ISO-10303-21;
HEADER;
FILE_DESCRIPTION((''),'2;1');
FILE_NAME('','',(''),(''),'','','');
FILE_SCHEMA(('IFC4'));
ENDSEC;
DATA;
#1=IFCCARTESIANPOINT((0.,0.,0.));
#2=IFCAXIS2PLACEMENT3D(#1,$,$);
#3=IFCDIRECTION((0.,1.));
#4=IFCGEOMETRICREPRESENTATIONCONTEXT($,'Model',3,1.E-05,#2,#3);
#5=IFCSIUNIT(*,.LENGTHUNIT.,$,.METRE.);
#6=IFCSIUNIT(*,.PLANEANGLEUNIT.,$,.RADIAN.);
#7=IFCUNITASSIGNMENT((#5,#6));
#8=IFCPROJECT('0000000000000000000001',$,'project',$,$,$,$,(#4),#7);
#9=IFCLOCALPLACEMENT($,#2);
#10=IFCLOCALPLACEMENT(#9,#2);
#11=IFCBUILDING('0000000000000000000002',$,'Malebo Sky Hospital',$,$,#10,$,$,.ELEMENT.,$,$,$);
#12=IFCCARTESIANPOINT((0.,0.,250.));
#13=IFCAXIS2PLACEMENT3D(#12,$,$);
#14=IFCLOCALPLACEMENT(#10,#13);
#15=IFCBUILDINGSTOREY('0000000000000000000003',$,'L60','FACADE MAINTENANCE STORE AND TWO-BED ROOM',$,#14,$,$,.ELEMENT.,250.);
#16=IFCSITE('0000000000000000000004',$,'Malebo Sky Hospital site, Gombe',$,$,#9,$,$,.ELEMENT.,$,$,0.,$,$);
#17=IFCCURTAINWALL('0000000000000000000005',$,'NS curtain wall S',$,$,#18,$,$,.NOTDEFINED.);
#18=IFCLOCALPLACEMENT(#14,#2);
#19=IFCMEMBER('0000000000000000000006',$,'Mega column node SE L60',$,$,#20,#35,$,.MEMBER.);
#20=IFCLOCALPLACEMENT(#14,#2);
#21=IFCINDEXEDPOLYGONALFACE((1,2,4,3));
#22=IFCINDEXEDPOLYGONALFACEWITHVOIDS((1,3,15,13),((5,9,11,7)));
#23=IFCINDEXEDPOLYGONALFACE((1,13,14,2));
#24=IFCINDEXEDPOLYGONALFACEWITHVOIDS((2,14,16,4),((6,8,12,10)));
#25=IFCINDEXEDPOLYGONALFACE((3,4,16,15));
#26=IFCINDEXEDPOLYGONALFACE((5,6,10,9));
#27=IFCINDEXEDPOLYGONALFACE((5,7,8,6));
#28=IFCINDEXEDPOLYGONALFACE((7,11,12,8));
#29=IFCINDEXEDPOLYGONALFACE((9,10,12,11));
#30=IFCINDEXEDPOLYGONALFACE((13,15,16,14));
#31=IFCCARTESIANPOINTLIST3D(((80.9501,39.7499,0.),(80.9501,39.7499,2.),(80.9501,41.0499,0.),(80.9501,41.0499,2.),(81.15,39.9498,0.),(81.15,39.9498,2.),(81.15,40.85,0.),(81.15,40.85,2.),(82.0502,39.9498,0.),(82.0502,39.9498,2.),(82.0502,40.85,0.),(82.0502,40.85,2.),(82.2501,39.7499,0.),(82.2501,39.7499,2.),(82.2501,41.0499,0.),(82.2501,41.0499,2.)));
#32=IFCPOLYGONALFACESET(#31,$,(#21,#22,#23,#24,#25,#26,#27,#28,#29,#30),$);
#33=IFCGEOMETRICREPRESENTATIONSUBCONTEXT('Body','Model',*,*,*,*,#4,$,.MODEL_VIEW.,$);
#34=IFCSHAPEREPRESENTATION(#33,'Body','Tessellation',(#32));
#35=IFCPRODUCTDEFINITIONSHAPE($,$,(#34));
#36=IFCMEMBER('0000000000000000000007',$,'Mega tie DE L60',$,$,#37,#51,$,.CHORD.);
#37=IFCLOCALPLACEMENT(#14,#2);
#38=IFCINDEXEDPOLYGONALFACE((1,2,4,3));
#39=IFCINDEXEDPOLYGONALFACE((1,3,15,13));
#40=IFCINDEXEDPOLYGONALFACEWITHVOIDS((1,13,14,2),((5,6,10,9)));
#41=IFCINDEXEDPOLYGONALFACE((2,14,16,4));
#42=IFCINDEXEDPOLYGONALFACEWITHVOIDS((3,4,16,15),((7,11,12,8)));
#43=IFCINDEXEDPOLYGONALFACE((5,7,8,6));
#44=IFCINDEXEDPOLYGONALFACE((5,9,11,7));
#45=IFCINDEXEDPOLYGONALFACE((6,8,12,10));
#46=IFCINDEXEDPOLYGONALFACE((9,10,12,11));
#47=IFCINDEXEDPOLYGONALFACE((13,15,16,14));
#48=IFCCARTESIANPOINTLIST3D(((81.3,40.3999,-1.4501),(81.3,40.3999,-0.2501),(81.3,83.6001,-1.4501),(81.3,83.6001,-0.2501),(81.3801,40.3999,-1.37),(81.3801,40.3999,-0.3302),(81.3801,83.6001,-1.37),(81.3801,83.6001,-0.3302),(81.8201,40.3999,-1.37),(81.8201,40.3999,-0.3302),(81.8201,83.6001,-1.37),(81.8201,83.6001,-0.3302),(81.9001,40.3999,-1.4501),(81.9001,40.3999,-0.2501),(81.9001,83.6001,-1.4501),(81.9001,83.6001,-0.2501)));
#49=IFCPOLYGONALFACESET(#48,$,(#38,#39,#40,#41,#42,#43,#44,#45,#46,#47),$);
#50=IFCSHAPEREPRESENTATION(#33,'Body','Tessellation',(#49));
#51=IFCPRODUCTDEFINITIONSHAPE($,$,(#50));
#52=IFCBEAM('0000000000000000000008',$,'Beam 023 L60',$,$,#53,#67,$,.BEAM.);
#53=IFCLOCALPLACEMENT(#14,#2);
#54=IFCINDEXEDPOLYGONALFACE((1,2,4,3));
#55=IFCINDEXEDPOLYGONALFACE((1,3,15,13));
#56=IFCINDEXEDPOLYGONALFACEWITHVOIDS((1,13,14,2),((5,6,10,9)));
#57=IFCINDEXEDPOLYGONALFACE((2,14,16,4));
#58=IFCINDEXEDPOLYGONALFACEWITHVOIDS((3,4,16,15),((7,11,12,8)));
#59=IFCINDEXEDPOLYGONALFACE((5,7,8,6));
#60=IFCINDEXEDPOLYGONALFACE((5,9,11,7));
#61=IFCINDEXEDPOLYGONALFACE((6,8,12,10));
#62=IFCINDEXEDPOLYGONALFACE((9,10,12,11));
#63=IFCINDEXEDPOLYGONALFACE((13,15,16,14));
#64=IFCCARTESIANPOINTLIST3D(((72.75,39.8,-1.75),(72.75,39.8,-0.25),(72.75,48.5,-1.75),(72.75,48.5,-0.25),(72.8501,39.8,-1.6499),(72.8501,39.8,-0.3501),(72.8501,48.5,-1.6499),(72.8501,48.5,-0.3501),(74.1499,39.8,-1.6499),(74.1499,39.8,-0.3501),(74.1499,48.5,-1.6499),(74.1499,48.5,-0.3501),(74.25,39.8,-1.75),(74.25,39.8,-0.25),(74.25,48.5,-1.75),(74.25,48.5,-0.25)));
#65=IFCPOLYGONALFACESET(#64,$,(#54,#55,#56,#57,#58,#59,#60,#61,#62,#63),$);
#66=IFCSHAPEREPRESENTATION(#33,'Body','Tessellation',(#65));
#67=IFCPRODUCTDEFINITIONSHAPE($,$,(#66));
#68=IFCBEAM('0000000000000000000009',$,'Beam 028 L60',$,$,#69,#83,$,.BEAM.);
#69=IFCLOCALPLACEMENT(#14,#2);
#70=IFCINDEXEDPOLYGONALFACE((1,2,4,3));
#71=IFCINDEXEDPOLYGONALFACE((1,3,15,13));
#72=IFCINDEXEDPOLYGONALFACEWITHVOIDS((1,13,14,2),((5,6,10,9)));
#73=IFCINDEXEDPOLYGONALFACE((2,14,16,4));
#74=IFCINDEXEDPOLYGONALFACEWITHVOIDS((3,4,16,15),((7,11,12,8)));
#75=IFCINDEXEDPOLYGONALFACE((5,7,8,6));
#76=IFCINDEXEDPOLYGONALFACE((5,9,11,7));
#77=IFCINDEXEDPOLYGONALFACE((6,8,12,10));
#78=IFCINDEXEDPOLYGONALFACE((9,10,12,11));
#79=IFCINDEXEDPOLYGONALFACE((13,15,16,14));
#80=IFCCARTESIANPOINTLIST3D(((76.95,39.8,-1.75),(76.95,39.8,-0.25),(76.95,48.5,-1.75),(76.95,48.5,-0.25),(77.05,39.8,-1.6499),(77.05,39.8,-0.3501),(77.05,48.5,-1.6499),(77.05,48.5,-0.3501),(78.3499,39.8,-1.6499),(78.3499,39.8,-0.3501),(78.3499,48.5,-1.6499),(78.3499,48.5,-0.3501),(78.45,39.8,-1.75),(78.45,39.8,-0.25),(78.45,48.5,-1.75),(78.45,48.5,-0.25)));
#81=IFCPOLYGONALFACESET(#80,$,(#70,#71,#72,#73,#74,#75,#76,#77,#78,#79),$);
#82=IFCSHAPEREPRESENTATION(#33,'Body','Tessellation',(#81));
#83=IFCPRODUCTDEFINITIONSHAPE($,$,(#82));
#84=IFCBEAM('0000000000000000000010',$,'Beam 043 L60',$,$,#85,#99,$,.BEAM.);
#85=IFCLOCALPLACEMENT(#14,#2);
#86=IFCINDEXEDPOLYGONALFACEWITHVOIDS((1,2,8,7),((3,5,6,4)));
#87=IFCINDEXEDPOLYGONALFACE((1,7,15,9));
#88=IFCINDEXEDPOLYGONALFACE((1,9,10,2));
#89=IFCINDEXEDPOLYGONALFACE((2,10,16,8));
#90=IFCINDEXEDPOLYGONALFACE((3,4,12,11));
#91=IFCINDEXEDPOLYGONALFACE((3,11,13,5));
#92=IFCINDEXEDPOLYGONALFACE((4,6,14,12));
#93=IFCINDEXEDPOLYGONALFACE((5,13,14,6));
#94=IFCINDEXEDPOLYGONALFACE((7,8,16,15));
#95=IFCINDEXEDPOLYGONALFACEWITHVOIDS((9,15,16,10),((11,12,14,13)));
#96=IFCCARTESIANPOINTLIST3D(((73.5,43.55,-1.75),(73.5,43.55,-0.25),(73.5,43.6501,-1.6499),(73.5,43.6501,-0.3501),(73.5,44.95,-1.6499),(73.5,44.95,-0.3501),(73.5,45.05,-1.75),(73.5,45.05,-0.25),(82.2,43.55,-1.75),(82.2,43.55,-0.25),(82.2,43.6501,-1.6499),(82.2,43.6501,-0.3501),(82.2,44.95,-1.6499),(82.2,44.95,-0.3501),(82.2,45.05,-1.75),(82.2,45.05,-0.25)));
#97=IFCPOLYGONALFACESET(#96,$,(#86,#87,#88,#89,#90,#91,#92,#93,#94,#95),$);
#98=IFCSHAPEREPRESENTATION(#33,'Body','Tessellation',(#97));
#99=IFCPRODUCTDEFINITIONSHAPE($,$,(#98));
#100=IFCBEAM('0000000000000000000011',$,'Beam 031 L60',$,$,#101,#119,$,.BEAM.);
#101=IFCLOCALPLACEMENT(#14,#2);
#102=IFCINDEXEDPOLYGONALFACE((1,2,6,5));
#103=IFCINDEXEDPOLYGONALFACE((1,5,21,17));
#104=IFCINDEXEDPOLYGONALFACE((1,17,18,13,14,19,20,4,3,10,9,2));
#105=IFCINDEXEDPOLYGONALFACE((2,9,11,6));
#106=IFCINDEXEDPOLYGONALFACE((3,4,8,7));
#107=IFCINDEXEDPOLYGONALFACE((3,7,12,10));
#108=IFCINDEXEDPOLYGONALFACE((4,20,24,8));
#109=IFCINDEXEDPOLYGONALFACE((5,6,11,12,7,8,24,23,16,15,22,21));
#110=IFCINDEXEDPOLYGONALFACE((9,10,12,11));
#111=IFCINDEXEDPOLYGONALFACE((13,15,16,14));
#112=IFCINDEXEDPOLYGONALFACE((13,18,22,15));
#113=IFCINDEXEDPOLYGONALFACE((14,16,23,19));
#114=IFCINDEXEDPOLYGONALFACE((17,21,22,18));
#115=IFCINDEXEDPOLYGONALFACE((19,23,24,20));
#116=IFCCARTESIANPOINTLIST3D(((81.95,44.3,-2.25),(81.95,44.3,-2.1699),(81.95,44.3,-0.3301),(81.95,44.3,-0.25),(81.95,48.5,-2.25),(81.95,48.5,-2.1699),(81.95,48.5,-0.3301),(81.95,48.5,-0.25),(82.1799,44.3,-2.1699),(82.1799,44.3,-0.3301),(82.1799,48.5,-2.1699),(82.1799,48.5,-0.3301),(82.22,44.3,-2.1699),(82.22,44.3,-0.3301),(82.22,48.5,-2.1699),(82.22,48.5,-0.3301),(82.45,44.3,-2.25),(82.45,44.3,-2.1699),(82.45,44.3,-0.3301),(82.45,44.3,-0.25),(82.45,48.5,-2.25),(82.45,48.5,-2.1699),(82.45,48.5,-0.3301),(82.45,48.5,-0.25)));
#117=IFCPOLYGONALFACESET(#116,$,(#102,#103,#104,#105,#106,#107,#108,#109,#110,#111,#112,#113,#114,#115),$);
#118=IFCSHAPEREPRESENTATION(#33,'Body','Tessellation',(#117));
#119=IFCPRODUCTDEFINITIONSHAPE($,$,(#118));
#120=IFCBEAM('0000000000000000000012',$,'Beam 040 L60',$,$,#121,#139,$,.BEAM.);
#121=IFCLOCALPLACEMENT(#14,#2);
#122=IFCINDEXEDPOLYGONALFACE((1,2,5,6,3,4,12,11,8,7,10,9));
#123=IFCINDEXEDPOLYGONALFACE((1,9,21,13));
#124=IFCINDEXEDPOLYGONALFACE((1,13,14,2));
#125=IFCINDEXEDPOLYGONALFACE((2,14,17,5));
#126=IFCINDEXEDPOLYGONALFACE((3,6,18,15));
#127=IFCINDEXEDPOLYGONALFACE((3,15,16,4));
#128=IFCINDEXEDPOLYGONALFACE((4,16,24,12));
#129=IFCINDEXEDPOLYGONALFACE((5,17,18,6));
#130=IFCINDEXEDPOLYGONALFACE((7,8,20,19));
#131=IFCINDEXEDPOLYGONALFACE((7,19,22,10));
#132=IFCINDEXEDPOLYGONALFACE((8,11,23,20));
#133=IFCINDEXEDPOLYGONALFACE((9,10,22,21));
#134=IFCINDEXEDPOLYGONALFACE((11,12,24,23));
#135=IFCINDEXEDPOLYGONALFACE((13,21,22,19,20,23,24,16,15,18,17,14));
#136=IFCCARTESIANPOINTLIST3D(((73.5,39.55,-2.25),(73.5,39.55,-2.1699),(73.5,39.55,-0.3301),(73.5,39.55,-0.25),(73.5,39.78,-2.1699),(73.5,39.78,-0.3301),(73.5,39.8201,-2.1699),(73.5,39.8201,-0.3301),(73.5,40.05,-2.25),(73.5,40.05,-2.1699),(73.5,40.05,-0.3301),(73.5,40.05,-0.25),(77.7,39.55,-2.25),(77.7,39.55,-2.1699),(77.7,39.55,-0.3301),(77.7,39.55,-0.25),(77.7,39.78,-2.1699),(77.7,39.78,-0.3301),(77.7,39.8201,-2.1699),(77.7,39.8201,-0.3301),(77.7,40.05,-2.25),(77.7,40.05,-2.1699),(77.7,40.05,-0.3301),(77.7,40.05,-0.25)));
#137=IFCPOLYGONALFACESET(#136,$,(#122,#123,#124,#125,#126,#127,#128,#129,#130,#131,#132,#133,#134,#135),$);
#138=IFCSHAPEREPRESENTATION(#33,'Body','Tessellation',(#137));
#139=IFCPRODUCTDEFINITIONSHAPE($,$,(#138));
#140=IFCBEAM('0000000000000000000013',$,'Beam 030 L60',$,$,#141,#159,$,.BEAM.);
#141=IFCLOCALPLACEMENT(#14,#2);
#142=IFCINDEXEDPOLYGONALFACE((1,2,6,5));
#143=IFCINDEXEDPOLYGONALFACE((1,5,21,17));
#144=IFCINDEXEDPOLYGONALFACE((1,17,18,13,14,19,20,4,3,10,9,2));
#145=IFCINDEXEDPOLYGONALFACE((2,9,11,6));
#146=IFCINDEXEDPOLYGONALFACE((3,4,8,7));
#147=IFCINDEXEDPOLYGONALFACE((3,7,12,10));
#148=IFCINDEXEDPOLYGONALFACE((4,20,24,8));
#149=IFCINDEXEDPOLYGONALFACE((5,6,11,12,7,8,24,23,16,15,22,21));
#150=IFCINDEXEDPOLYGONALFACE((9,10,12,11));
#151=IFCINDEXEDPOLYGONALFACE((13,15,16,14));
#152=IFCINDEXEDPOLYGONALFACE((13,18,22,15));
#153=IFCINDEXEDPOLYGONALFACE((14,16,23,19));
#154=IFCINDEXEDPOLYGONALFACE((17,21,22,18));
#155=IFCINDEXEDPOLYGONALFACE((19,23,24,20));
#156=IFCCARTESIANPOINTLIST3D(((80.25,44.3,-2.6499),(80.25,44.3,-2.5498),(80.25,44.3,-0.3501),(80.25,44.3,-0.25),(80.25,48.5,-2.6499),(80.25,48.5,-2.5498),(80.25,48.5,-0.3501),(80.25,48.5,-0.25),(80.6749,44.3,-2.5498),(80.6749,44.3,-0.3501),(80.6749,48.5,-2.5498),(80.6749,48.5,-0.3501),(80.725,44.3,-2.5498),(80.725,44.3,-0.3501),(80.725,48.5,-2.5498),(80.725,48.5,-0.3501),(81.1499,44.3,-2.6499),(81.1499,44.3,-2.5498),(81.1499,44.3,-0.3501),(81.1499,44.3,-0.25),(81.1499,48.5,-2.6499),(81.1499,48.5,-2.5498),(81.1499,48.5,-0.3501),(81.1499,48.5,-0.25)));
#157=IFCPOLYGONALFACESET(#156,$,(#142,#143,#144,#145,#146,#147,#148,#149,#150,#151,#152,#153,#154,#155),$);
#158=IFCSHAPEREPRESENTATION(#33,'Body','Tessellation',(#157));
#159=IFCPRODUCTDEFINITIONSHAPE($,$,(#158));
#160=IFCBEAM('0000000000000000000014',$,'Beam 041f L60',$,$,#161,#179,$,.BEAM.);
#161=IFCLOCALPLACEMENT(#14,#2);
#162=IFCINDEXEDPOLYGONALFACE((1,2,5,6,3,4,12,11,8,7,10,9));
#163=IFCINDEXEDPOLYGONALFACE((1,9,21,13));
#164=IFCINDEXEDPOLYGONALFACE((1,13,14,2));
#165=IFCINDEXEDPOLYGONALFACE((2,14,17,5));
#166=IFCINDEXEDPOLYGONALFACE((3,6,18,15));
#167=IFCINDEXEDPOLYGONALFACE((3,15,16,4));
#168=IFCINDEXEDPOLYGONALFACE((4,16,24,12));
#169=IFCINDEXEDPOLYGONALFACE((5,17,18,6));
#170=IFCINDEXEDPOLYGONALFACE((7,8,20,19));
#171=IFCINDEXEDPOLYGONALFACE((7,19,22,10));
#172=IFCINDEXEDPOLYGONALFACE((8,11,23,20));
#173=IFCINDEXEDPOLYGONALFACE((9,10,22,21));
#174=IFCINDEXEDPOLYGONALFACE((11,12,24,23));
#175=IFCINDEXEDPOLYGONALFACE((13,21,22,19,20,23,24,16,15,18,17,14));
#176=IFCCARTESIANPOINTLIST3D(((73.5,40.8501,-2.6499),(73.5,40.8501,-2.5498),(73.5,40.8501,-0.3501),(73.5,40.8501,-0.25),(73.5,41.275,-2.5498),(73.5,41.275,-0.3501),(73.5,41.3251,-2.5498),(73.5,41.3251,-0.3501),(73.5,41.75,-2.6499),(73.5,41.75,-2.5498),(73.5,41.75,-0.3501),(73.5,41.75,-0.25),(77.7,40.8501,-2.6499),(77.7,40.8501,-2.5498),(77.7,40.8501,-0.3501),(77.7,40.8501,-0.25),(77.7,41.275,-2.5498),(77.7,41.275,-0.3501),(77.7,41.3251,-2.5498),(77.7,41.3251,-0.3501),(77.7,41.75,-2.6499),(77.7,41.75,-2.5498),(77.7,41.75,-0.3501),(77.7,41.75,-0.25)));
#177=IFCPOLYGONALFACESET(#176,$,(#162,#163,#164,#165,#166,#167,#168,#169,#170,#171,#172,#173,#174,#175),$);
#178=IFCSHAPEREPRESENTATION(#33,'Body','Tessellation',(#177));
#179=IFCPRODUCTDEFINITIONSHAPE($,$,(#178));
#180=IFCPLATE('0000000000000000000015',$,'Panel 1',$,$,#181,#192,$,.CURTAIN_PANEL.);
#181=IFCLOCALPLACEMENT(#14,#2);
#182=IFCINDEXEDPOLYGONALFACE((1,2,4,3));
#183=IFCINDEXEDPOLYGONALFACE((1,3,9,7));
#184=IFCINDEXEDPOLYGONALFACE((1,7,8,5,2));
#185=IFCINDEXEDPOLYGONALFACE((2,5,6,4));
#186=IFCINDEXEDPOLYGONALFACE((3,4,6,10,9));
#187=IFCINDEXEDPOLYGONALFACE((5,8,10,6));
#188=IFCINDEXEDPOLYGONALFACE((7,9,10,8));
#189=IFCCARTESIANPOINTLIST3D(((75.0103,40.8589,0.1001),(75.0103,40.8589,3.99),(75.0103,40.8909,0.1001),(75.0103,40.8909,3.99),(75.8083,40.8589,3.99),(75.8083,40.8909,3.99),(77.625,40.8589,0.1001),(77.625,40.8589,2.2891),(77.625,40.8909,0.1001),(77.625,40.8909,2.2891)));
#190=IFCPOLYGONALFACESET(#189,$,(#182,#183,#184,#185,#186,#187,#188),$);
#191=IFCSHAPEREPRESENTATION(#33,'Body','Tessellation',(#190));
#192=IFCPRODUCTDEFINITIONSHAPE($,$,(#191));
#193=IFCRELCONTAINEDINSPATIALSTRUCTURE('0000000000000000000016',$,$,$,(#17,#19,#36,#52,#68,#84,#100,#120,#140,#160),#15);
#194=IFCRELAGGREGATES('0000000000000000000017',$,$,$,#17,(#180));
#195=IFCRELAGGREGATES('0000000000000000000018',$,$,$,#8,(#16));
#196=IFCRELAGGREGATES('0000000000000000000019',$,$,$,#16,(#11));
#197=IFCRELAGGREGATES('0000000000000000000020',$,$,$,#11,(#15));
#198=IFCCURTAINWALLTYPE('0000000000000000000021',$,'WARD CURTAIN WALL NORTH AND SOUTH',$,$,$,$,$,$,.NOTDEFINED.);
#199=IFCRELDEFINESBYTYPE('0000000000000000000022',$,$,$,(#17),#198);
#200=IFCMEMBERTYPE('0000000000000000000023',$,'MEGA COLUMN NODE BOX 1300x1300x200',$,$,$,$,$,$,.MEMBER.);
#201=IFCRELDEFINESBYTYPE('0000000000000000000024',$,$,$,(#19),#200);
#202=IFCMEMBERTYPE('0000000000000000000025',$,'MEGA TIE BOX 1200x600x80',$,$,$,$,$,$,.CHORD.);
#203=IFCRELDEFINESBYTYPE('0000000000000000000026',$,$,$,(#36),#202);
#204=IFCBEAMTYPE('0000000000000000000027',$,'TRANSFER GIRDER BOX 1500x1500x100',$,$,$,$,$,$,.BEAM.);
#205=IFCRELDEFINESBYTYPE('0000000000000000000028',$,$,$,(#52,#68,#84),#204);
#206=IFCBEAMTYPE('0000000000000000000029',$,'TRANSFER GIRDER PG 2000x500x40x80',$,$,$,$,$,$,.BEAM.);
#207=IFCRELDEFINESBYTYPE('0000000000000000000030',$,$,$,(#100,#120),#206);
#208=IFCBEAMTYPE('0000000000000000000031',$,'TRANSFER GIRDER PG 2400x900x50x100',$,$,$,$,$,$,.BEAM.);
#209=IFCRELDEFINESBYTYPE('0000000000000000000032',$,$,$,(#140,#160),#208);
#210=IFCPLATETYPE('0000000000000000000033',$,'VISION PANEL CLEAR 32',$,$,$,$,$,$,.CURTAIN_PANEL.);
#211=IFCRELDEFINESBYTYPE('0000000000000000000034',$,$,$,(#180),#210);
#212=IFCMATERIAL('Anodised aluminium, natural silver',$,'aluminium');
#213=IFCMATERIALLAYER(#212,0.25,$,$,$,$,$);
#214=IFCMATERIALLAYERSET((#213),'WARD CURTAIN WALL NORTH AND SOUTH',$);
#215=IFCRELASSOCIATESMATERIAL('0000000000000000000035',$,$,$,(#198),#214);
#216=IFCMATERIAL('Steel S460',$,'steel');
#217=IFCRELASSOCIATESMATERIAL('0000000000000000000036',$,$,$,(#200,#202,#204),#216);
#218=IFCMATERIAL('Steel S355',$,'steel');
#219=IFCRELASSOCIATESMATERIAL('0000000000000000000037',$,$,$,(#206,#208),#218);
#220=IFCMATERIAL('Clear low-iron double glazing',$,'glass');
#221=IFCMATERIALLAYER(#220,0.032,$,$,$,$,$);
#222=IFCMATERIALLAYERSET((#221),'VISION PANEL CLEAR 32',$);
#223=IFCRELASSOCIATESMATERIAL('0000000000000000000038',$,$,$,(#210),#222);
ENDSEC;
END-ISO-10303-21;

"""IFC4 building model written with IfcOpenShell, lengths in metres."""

from ifc_helpers import new_model, si_unit, direction, frame, origin, origin_2d, place, context, subcontext, project, spatial, polyline, hollow_rectangle, i_section, outline, extrude, material, layer, layer_set, material_profile, profile_set, type_object, element, aggregate, save


model = new_model("IFC4")

# Units and contexts
model_context = context("Model", 3, precision=1e-05, world=origin(), true_north=direction((0.0, 1.0)))
body_context = subcontext(model_context, "Body", "Model", "MODEL_VIEW")
ifc_project = project(units=[si_unit("LENGTHUNIT", "METRE"), si_unit("PLANEANGLEUNIT", "RADIAN")], contexts=[model_context])

# Site, building, storey
site_placement = place(None, origin())
site = spatial("IfcSite", under=ifc_project, at=site_placement, Name="Malebo Sky Hospital site, Gombe", CompositionType="ELEMENT", RefElevation=0.0)
building_placement = place(site_placement, origin())
building = spatial("IfcBuilding", under=site, at=building_placement, Name="Malebo Sky Hospital", CompositionType="ELEMENT")
storey_placement = place(building_placement, frame((0.0, 0.0, 250.0)))
storey = spatial("IfcBuildingStorey", under=building, at=storey_placement, Name="L60", Description="FACADE MAINTENANCE STORE AND TWO-BED ROOM", CompositionType="ELEMENT", Elevation=250.0)

# Shared definitions
ifc_material_1 = material(Name="Steel S460", Category="steel")

# Curtain wall
ifc_material_2 = material(Name="Anodised aluminium, natural silver", Category="aluminium")
ifc_layer_1 = layer(ifc_material_2, 0.25)
ifc_layer_set_1 = layer_set([ifc_layer_1], Name="WARD CURTAIN WALL NORTH AND SOUTH")
curtain_wall_type_1 = type_object("IfcCurtainWallType", Name="WARD CURTAIN WALL NORTH AND SOUTH", PredefinedType="NOTDEFINED", material=ifc_layer_set_1)
curtain_wall_1_placement = place(storey_placement, origin())
curtain_wall_1 = element("IfcCurtainWall", 1, at=curtain_wall_1_placement, inside=storey, type_object=curtain_wall_type_1, Name="NS curtain wall S", PredefinedType="NOTDEFINED")

# Members
ifc_material_profile_1 = material_profile(ifc_material_1, hollow_rectangle(XDim=1.3, YDim=1.3, WallThickness=0.2, at=origin_2d()), Name="BOX 1300x1300x200")
ifc_profile_set_1 = profile_set([ifc_material_profile_1], Name="Steel S460")
member_type_1 = type_object("IfcMemberType", Name="MEGA COLUMN NODE BOX 1300x1300x200", PredefinedType="MEMBER", material=ifc_profile_set_1)
member_1_placement = place(storey_placement, frame((81.6001, 40.3999, 0.0), z_axis=(0.0, 0.0, 1.0), x_axis=(1.0, 0.0, 0.0)))
element("IfcMember", 2, at=member_1_placement, inside=storey, type_object=member_type_1, Name="Mega column node SE L60", PredefinedType="MEMBER", context=body_context, shape_type="SweptSolid", body=[
    extrude(hollow_rectangle(XDim=1.3, YDim=1.3, WallThickness=0.2, at=origin_2d()), origin(), (0.0, 0.0, 1.0), 2.0),
])
ifc_material_profile_2 = material_profile(ifc_material_1, hollow_rectangle(XDim=0.6001, YDim=1.2, WallThickness=0.0801, at=origin_2d()), Name="BOX 1200x600x80")
ifc_profile_set_2 = profile_set([ifc_material_profile_2], Name="Steel S460")
member_type_2 = type_object("IfcMemberType", Name="MEGA TIE BOX 1200x600x80", PredefinedType="CHORD", material=ifc_profile_set_2)
member_2_placement = place(storey_placement, frame((81.6001, 40.3999, -0.8501), z_axis=(0.0, 1.0, 0.0), x_axis=(-1.0, 0.0, 0.0)))
element("IfcMember", 3, at=member_2_placement, inside=storey, type_object=member_type_2, Name="Mega tie DE L60", PredefinedType="CHORD", context=body_context, shape_type="SweptSolid", body=[
    extrude(hollow_rectangle(XDim=0.6001, YDim=1.2, WallThickness=0.0801, at=origin_2d()), origin(), (0.0, 0.0, 1.0), 43.2002),
])

# Beams
ifc_material_profile_3 = material_profile(ifc_material_1, hollow_rectangle(XDim=1.5, YDim=1.5, WallThickness=0.1001, at=origin_2d()), Name="BOX 1500x1500x100")
ifc_profile_set_3 = profile_set([ifc_material_profile_3], Name="Steel S460")
beam_type_1 = type_object("IfcBeamType", Name="TRANSFER GIRDER BOX 1500x1500x100", PredefinedType="BEAM", material=ifc_profile_set_3)
for number, where, z_axis, x_axis, name in (
    (4, (73.5, 39.8, -1.0), (0.0, 1.0, 0.0), (-1.0, 0.0, 0.0), "Beam 023 L60"),
    (5, (77.7, 39.8, -1.0), (0.0, 1.0, 0.0), (-1.0, 0.0, 0.0), "Beam 028 L60"),
    (6, (73.5, 44.3, -1.0), (1.0, 0.0, 0.0), (0.0, 1.0, 0.0), "Beam 043 L60"),
):
    element("IfcBeam", number, at=place(storey_placement, frame(where, z_axis=z_axis, x_axis=x_axis)), inside=storey, type_object=beam_type_1, Name=name, PredefinedType="BEAM", context=body_context, shape_type="SweptSolid", body=[
        extrude(hollow_rectangle(XDim=1.5, YDim=1.5, WallThickness=0.1001, at=origin_2d()), origin(), (0.0, 0.0, 1.0), 8.7),
    ])
ifc_material_3 = material(Name="Steel S355", Category="steel")
ifc_material_profile_4 = material_profile(ifc_material_3, i_section(OverallWidth=0.5, OverallDepth=2.0, WebThickness=0.04, FlangeThickness=0.0801, at=origin_2d()), Name="PG 2000x500x40x80")
ifc_profile_set_4 = profile_set([ifc_material_profile_4], Name="Steel S355")
beam_type_2 = type_object("IfcBeamType", Name="TRANSFER GIRDER PG 2000x500x40x80", PredefinedType="BEAM", material=ifc_profile_set_4)
for number, where, z_axis, x_axis, name in (
    (7, (82.2, 44.3, -1.25), (0.0, 1.0, 0.0), (-1.0, 0.0, 0.0), "Beam 031 L60"),
    (8, (73.5, 39.8, -1.25), (1.0, 0.0, 0.0), (0.0, 1.0, 0.0), "Beam 040 L60"),
):
    element("IfcBeam", number, at=place(storey_placement, frame(where, z_axis=z_axis, x_axis=x_axis)), inside=storey, type_object=beam_type_2, Name=name, PredefinedType="BEAM", context=body_context, shape_type="SweptSolid", body=[
        extrude(i_section(OverallWidth=0.5, OverallDepth=2.0, WebThickness=0.04, FlangeThickness=0.0801, at=origin_2d()), origin(), (0.0, 0.0, 1.0), 4.2),
    ])
ifc_material_profile_5 = material_profile(ifc_material_3, i_section(OverallWidth=0.8999, OverallDepth=2.3999, WebThickness=0.05, FlangeThickness=0.1001, at=origin_2d()), Name="PG 2400x900x50x100")
ifc_profile_set_5 = profile_set([ifc_material_profile_5], Name="Steel S355")
beam_type_3 = type_object("IfcBeamType", Name="TRANSFER GIRDER PG 2400x900x50x100", PredefinedType="BEAM", material=ifc_profile_set_5)
for number, where, z_axis, x_axis, name in (
    (9, (80.7, 44.3, -1.45), (0.0, 1.0, 0.0), (-1.0, 0.0, 0.0), "Beam 030 L60"),
    (10, (73.5, 41.3, -1.45), (1.0, 0.0, 0.0), (0.0, 1.0, 0.0), "Beam 041f L60"),
):
    element("IfcBeam", number, at=place(storey_placement, frame(where, z_axis=z_axis, x_axis=x_axis)), inside=storey, type_object=beam_type_3, Name=name, PredefinedType="BEAM", context=body_context, shape_type="SweptSolid", body=[
        extrude(i_section(OverallWidth=0.8999, OverallDepth=2.3999, WebThickness=0.05, FlangeThickness=0.1001, at=origin_2d()), origin(), (0.0, 0.0, 1.0), 4.2),
    ])

# Plate
ifc_material_4 = material(Name="Clear low-iron double glazing", Category="glass")
ifc_layer_2 = layer(ifc_material_4, 0.032)
ifc_layer_set_2 = layer_set([ifc_layer_2], Name="VISION PANEL CLEAR 32")
plate_type = type_object("IfcPlateType", Name="VISION PANEL CLEAR 32", PredefinedType="CURTAIN_PANEL", material=ifc_layer_set_2)
plate_1_placement = place(storey_placement, frame((76.3176, 40.875, 0.1001), z_axis=(0.0, 0.0, 1.0), x_axis=(-1.0, 0.0, 0.0)))
plate_1 = element("IfcPlate", 11, at=plate_1_placement, type_object=plate_type, Name="Panel 1", PredefinedType="CURTAIN_PANEL", context=body_context, shape_type="SweptSolid", body=[
    extrude(outline(polyline([(-1.3074, 0.0), (1.3074, 0.0), (1.3074, 3.8899), (0.5093, 3.8899), (-1.3074, 2.189), (-1.3074, 0.0)])), frame((0.0, 0.0161, 0.0), z_axis=(0.0, -1.0, 0.0), x_axis=(1.0, 0.0, 0.0)), (0.0, 0.0, 1.0), 0.032),
])
aggregate(curtain_wall_1, [plate_1])

save(model, "model.ifc")
